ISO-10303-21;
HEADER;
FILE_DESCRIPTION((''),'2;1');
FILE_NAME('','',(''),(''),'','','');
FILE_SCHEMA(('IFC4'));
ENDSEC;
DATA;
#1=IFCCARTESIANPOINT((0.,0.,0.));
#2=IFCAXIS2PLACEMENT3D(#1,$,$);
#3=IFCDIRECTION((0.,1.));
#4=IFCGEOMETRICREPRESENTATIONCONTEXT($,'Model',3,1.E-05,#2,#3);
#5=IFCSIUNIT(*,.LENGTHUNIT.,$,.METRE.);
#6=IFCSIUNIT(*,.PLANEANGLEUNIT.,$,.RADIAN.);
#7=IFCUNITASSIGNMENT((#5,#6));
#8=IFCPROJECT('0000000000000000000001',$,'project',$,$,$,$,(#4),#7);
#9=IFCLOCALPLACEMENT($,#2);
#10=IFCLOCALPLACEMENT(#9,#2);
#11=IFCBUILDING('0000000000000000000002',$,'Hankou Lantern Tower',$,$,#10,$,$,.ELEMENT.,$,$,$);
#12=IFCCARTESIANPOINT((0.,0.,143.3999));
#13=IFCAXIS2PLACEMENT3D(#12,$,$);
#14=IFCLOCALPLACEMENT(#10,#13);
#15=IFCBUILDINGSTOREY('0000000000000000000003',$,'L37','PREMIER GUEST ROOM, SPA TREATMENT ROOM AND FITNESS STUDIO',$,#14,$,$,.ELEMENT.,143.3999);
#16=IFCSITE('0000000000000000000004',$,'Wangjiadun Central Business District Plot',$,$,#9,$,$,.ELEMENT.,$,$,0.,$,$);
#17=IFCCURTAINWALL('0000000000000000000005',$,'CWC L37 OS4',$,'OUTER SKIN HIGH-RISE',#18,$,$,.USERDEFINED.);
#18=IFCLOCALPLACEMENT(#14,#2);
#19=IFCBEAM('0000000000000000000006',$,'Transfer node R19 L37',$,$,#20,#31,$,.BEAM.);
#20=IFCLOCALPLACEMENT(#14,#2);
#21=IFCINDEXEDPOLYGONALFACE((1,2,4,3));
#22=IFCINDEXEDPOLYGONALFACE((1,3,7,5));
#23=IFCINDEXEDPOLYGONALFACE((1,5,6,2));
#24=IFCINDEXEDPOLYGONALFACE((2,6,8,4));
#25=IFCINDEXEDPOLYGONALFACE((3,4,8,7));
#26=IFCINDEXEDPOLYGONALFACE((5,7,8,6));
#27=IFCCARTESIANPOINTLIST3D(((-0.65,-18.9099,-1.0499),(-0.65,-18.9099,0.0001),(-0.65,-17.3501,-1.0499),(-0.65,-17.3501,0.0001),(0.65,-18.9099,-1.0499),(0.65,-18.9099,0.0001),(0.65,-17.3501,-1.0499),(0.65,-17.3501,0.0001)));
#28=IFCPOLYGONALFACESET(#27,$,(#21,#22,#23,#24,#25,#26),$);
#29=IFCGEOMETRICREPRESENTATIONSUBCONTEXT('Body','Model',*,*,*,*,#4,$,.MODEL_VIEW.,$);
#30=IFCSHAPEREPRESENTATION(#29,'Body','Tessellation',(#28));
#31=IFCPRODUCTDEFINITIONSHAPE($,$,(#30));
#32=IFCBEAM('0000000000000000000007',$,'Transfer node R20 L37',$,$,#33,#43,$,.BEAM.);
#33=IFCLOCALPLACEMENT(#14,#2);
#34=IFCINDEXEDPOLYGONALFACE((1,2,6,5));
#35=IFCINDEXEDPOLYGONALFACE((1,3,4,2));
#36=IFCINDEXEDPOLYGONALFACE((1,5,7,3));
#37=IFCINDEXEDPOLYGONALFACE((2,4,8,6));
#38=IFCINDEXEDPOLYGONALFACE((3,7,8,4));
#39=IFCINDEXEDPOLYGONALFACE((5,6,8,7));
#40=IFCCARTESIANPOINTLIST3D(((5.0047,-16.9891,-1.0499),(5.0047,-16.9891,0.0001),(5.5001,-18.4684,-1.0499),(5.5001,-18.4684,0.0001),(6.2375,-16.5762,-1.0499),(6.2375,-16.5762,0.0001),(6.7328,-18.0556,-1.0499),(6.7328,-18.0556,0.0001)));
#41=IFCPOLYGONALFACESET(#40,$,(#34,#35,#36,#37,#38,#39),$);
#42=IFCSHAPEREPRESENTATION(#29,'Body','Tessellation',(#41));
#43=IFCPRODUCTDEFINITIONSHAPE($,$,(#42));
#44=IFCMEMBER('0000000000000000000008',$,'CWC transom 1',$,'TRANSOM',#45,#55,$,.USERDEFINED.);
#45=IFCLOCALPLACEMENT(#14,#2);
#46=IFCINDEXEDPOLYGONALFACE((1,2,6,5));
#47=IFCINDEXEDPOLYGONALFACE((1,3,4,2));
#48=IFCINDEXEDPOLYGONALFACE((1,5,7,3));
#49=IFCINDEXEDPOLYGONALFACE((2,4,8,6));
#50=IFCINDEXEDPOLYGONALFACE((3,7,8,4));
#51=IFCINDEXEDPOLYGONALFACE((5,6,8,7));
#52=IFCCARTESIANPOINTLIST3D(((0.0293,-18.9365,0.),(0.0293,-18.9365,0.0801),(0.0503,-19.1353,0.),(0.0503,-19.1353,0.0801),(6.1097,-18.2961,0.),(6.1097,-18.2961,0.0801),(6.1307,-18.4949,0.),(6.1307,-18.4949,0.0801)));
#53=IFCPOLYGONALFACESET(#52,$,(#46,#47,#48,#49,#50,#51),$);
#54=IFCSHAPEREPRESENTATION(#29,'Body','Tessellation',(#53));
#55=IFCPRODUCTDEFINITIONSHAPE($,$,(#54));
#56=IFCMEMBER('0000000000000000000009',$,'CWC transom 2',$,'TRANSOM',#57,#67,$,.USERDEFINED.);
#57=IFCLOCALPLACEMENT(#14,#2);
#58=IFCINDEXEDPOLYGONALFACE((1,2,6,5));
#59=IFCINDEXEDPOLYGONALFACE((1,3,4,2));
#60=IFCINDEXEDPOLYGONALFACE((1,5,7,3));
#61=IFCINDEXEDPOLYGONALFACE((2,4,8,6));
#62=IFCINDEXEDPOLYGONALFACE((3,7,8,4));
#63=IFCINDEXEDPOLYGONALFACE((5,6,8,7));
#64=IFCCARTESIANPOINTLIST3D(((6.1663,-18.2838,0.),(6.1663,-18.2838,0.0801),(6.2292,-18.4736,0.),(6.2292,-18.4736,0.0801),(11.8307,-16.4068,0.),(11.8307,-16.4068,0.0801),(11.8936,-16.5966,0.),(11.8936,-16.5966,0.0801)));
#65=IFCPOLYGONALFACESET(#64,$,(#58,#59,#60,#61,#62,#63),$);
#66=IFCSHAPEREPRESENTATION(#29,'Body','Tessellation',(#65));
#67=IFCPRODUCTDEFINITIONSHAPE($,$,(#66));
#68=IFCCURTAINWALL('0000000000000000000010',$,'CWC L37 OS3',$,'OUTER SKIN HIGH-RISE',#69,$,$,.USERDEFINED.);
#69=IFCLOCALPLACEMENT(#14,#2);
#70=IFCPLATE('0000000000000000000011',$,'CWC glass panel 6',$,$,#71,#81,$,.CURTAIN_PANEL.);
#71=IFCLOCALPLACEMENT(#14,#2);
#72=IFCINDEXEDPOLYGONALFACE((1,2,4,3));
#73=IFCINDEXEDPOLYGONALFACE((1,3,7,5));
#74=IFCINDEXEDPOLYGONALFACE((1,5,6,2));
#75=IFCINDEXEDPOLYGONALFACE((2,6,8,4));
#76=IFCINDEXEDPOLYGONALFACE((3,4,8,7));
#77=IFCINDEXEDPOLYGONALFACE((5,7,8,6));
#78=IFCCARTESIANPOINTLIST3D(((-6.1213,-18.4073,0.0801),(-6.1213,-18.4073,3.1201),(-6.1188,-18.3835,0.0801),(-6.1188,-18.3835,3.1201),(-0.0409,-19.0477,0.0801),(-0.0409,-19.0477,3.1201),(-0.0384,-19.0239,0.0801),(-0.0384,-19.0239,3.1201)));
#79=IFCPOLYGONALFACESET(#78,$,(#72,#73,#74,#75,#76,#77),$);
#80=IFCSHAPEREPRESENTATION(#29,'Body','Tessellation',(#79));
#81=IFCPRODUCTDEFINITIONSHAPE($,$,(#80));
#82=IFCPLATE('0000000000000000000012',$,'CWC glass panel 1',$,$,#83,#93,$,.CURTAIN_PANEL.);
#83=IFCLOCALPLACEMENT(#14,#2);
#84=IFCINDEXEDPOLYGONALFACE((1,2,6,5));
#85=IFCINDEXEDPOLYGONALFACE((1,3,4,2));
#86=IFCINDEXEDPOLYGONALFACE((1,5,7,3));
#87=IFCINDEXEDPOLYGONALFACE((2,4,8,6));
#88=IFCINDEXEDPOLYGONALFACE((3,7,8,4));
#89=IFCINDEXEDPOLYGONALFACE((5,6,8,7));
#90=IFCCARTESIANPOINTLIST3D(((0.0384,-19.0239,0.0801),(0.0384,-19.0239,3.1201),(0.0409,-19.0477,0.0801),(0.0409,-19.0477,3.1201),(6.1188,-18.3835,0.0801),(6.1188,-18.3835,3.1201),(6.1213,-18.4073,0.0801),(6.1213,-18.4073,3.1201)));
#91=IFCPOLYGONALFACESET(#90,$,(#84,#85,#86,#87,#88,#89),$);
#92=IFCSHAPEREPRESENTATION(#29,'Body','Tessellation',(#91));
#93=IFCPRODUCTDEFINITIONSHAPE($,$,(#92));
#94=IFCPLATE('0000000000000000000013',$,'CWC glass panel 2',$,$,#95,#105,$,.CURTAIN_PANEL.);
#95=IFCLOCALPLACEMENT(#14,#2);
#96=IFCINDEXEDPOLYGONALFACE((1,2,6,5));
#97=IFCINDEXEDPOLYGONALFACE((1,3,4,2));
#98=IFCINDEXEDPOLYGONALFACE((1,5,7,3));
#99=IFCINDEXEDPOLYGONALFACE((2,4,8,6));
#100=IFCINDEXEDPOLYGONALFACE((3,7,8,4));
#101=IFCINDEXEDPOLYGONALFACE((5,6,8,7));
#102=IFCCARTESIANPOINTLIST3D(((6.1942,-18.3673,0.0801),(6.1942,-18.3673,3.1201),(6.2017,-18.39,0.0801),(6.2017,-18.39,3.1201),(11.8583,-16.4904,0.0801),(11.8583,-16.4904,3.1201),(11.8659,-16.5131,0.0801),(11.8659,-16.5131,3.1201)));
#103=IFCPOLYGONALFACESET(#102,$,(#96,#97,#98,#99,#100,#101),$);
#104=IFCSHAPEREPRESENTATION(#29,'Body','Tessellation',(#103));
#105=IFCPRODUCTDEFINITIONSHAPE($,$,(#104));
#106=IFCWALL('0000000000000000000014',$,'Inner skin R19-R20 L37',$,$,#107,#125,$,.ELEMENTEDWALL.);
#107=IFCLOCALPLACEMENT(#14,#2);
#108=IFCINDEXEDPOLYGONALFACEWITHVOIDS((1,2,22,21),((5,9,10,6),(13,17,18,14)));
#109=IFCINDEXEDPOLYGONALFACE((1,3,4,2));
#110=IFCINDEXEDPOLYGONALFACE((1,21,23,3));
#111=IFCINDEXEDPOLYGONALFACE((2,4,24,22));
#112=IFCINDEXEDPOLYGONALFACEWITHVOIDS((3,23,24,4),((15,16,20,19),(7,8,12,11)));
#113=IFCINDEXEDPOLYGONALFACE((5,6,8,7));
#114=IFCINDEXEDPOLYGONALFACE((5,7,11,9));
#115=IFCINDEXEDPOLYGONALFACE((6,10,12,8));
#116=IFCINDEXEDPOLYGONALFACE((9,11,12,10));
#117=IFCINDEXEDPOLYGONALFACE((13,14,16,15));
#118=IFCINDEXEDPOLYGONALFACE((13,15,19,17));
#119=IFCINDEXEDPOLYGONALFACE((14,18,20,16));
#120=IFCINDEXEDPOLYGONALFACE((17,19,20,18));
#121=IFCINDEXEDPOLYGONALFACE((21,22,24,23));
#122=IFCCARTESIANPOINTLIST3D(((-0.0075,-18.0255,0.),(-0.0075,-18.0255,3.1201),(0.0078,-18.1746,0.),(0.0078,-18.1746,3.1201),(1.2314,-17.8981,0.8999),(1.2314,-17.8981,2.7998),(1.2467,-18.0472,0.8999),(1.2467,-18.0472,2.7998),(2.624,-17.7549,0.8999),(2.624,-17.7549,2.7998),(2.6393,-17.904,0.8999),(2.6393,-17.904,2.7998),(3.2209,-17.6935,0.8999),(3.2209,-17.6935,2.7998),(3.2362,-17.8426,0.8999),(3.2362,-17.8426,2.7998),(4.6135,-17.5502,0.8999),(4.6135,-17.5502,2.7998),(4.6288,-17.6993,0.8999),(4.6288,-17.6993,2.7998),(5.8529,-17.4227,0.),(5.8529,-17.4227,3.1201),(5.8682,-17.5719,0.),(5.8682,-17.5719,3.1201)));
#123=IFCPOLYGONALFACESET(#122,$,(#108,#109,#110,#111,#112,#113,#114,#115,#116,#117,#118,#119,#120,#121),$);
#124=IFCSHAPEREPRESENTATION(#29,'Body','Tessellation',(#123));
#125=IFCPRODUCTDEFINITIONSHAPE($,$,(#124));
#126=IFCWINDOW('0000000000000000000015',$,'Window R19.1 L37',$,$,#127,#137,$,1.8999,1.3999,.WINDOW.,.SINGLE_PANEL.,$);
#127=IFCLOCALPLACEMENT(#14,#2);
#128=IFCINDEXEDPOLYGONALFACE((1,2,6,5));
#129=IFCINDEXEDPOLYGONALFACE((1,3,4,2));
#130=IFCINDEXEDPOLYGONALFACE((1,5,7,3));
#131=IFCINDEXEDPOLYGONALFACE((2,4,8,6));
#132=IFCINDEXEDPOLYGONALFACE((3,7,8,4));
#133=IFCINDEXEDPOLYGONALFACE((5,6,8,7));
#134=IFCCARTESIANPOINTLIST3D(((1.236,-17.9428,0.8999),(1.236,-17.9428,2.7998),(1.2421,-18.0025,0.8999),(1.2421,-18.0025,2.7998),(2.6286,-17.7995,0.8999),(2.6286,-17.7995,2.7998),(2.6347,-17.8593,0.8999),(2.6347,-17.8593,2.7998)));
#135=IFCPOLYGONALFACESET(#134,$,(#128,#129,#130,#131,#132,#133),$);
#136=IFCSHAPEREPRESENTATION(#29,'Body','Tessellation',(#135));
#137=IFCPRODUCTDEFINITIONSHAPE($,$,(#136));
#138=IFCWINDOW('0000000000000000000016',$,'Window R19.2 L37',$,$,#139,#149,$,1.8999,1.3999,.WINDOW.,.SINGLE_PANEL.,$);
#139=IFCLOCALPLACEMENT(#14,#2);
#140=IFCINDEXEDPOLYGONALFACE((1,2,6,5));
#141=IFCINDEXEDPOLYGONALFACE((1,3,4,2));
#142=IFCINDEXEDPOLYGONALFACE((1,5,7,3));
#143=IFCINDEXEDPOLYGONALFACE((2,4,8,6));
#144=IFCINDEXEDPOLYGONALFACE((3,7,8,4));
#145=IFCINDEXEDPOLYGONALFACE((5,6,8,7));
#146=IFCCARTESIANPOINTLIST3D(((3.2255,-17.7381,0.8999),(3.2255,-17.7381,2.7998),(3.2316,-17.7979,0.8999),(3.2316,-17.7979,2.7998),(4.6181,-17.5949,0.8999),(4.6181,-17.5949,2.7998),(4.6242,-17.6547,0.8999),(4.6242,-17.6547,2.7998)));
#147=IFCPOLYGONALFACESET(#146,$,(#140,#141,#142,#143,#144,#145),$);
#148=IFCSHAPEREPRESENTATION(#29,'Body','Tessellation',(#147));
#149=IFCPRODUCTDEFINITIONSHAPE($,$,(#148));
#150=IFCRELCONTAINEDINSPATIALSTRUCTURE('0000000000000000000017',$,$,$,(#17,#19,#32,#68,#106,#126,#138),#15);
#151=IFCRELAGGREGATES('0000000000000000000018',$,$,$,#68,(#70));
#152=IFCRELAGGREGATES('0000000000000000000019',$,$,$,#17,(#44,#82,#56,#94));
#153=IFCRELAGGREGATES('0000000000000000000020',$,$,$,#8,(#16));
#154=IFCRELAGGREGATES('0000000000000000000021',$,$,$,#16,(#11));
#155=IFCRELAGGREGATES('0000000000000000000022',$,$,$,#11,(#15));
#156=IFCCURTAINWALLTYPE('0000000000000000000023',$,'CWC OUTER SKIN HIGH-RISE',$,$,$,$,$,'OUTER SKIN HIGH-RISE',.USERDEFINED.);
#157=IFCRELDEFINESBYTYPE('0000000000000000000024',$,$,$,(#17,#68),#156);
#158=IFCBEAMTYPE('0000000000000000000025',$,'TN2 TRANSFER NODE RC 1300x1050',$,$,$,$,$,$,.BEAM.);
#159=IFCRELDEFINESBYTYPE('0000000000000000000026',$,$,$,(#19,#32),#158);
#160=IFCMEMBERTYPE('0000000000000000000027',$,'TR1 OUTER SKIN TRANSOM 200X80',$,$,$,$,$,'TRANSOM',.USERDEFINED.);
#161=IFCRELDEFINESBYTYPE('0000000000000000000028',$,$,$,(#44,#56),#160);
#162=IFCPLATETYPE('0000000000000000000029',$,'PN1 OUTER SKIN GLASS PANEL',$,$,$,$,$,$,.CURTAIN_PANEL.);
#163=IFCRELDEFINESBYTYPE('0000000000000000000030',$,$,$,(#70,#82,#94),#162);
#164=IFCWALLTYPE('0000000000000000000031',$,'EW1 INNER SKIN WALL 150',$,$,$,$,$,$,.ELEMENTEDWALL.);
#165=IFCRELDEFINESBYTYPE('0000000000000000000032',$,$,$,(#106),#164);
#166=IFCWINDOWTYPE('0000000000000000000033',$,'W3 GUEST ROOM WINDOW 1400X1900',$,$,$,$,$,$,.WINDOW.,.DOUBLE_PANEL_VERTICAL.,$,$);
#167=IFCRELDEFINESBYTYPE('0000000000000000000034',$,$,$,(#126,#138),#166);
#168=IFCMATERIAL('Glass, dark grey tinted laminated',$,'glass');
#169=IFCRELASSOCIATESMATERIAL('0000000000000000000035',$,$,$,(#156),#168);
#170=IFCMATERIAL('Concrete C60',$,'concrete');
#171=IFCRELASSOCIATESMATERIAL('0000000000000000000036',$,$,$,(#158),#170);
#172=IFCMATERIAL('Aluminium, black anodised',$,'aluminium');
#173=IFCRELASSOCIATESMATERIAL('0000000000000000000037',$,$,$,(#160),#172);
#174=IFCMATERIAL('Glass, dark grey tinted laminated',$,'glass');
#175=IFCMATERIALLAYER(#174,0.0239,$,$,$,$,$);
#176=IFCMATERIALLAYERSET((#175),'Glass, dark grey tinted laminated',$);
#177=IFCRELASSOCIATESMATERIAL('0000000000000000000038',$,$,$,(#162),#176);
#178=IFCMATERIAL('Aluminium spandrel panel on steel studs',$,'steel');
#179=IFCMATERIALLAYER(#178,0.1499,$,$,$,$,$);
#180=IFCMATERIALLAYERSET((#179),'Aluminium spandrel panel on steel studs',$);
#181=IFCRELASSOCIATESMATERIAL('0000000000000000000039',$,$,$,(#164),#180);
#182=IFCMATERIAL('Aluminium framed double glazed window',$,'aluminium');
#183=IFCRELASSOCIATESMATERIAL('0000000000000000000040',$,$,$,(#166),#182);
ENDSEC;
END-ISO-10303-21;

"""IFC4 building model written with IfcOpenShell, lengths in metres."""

from ifc_helpers import new_model, si_unit, direction, frame, frame_2d, origin, origin_2d, place, context, subcontext, project, spatial, rectangle, extrude, material, layer, layer_set, material_profile, profile_set, type_object, element, fill, aggregate, save


model = new_model("IFC4")

# Units and contexts
model_context = context("Model", 3, precision=1e-05, world=origin(), true_north=direction((0.0, 1.0)))
body_context = subcontext(model_context, "Body", "Model", "MODEL_VIEW")
ifc_project = project(units=[si_unit("LENGTHUNIT", "METRE"), si_unit("PLANEANGLEUNIT", "RADIAN")], contexts=[model_context])

# Site, building, storey
site_placement = place(None, origin())
site = spatial("IfcSite", under=ifc_project, at=site_placement, Name="Wangjiadun Central Business District Plot", CompositionType="ELEMENT", RefElevation=0.0)
building_placement = place(site_placement, origin())
building = spatial("IfcBuilding", under=site, at=building_placement, Name="Hankou Lantern Tower", CompositionType="ELEMENT")
storey_placement = place(building_placement, frame((0.0, 0.0, 143.3999)))
storey = spatial("IfcBuildingStorey", under=building, at=storey_placement, Name="L37", Description="PREMIER GUEST ROOM, SPA TREATMENT ROOM AND FITNESS STUDIO", CompositionType="ELEMENT", Elevation=143.3999)

# Curtain wall
ifc_material_1 = material(Name="Glass, dark grey tinted laminated", Category="glass")
curtain_wall_type = type_object("IfcCurtainWallType", Name="CWC OUTER SKIN HIGH-RISE", ElementType="OUTER SKIN HIGH-RISE", PredefinedType="USERDEFINED", material=ifc_material_1)
curtain_wall_1_placement = place(storey_placement, origin())
curtain_wall_1 = element("IfcCurtainWall", 1, at=curtain_wall_1_placement, inside=storey, type_object=curtain_wall_type, Name="CWC L37 OS4", ObjectType="OUTER SKIN HIGH-RISE", PredefinedType="USERDEFINED")

# Beams
ifc_material_2 = material(Name="Concrete C60", Category="concrete")
ifc_material_profile_1 = material_profile(ifc_material_2, rectangle(XDim=1.3, YDim=1.05, at=origin_2d()), Name="RC 1300x1050")
ifc_profile_set_1 = profile_set([ifc_material_profile_1], Name="Concrete C60")
beam_type_1 = type_object("IfcBeamType", Name="TN2 TRANSFER NODE RC 1300x1050", PredefinedType="BEAM", material=ifc_profile_set_1)
beam_1_placement = place(storey_placement, frame((0.0, -18.9099, -0.5249), z_axis=(0.0, 1.0, 0.0), x_axis=(-1.0, 0.0, 0.0)))
element("IfcBeam", 2, at=beam_1_placement, inside=storey, type_object=beam_type_1, Name="Transfer node R19 L37", PredefinedType="BEAM", context=body_context, shape_type="SweptSolid", body=[
    extrude(rectangle(XDim=1.3, YDim=1.05, at=origin_2d()), origin(), (0.0, 0.0, 1.0), 1.5598),
])
beam_2_placement = place(storey_placement, frame((6.1165, -18.262, -0.5249), z_axis=(-0.317542, 0.948244, 0.0), x_axis=(-0.948244, -0.317542, 0.0)))
element("IfcBeam", 3, at=beam_2_placement, inside=storey, type_object=beam_type_1, Name="Transfer node R20 L37", PredefinedType="BEAM", context=body_context, shape_type="SweptSolid", body=[
    extrude(rectangle(XDim=1.3, YDim=1.05, at=origin_2d()), origin(), (0.0, 0.0, 1.0), 1.5601),
])

# Members
ifc_material_3 = material(Name="Aluminium, black anodised", Category="aluminium")
ifc_material_profile_2 = material_profile(ifc_material_3, rectangle(XDim=0.2, YDim=0.0801, at=origin_2d()), Name="TR1 200X80")
ifc_profile_set_2 = profile_set([ifc_material_profile_2], Name="Aluminium, black anodised")
member_type_1 = type_object("IfcMemberType", Name="TR1 OUTER SKIN TRANSOM 200X80", ElementType="TRANSOM", PredefinedType="USERDEFINED", material=ifc_profile_set_2)
member_1_placement = place(storey_placement, frame((0.0398, -19.0359, 0.04), z_axis=(0.9945, 0.104741, 0.0), x_axis=(-0.104741, 0.9945, 0.0)))
member_1 = element("IfcMember", 4, at=member_1_placement, type_object=member_type_1, Name="CWC transom 1", ObjectType="TRANSOM", PredefinedType="USERDEFINED", context=body_context, shape_type="SweptSolid", body=[
    extrude(rectangle(XDim=0.2, YDim=0.0801, at=origin_2d()), origin(), (0.0, 0.0, 1.0), 6.114),
])
member_2_placement = place(storey_placement, frame((6.1978, -18.3787, 0.04), z_axis=(0.949242, 0.314546, 0.0), x_axis=(-0.314546, 0.949242, 0.0)))
member_2 = element("IfcMember", 5, at=member_2_placement, type_object=member_type_1, Name="CWC transom 2", ObjectType="TRANSOM", PredefinedType="USERDEFINED", context=body_context, shape_type="SweptSolid", body=[
    extrude(rectangle(XDim=0.2, YDim=0.0801, at=origin_2d()), origin(), (0.0, 0.0, 1.0), 5.9673),
])

# Curtain wall, plate
curtain_wall_2_placement = place(storey_placement, origin())
curtain_wall_2 = element("IfcCurtainWall", 6, at=curtain_wall_2_placement, inside=storey, type_object=curtain_wall_type, Name="CWC L37 OS3", ObjectType="OUTER SKIN HIGH-RISE", PredefinedType="USERDEFINED")
ifc_material_4 = material(Name="Glass, dark grey tinted laminated", Category="glass")
ifc_layer_1 = layer(ifc_material_4, 0.0239)
ifc_layer_set_1 = layer_set([ifc_layer_1], Name="Glass, dark grey tinted laminated")
plate_type = type_object("IfcPlateType", Name="PN1 OUTER SKIN GLASS PANEL", PredefinedType="CURTAIN_PANEL", material=ifc_layer_set_1)
plate_1_placement = place(storey_placement, frame((-3.0798, -18.7156, 0.0801), z_axis=(0.0, 0.0, 1.0), x_axis=(0.994499, -0.104743, 0.0)))
plate_1 = element("IfcPlate", 7, at=plate_1_placement, type_object=plate_type, Name="CWC glass panel 6", PredefinedType="CURTAIN_PANEL", context=body_context, shape_type="SweptSolid", body=[
    extrude(rectangle(XDim=6.114, YDim=0.0239, at=origin_2d()), origin(), (0.0, 0.0, 1.0), 3.04),
])
aggregate(curtain_wall_2, [plate_1])

# Plates
plate_2_placement = place(storey_placement, frame((3.0798, -18.7156, 0.0801), z_axis=(0.0, 0.0, 1.0), x_axis=(0.994499, 0.104743, 0.0)))
plate_2 = element("IfcPlate", 8, at=plate_2_placement, type_object=plate_type, Name="CWC glass panel 1", PredefinedType="CURTAIN_PANEL", context=body_context, shape_type="SweptSolid", body=[
    extrude(rectangle(XDim=6.114, YDim=0.0239, at=origin_2d()), origin(), (0.0, 0.0, 1.0), 3.04),
])
plate_3_placement = place(storey_placement, frame((9.03, -17.4402, 0.0801), z_axis=(0.0, 0.0, 1.0), x_axis=(0.949241, 0.314551, 0.0)))
plate_3 = element("IfcPlate", 9, at=plate_3_placement, type_object=plate_type, Name="CWC glass panel 2", PredefinedType="CURTAIN_PANEL", context=body_context, shape_type="SweptSolid", body=[
    extrude(rectangle(XDim=5.967, YDim=0.0239, at=origin_2d()), origin(), (0.0, 0.0, 1.0), 3.04),
])
aggregate(curtain_wall_1, [member_1, plate_2, member_2, plate_3])

# Wall, openings, windows
ifc_material_5 = material(Name="Aluminium spandrel panel on steel studs", Category="steel")
ifc_layer_2 = layer(ifc_material_5, 0.1499)
ifc_layer_set_2 = layer_set([ifc_layer_2], Name="Aluminium spandrel panel on steel studs")
wall_type_1 = type_object("IfcWallType", Name="EW1 INNER SKIN WALL 150", PredefinedType="ELEMENTEDWALL", material=ifc_layer_set_2)
wall_1_placement = place(storey_placement, frame((0.0, -18.1001, 0.0), z_axis=(0.0, 0.0, 1.0), x_axis=(0.994752, 0.102318, 0.0)))
wall_1 = element("IfcWall", 10, at=wall_1_placement, inside=storey, type_object=wall_type_1, Name="Inner skin R19-R20 L37", PredefinedType="ELEMENTEDWALL", context=body_context, shape_type="SweptSolid", body=[
    extrude(rectangle(XDim=5.8914, YDim=0.1499, at=frame_2d((2.9458, 0.0))), origin(), (0.0, 0.0, 1.0), 3.1201),
])
opening_1_placement = place(wall_1_placement, frame((1.2456, 0.0, 0.8999)))
opening_1 = element("IfcOpeningElement", 11, at=opening_1_placement, cuts=wall_1, PredefinedType="OPENING", context=body_context, shape_type="SweptSolid", body=[
    extrude(rectangle(XDim=1.3999, YDim=1.8999, at=frame_2d((0.7, 0.95))), frame((0.0, 0.085, 0.0), z_axis=(0.0, -1.0, 0.0), x_axis=(1.0, 0.0, 0.0)), (0.0, 0.0, 1.0), 0.1699),
])
opening_2_placement = place(wall_1_placement, frame((3.2456, 0.0, 0.8999)))
opening_2 = element("IfcOpeningElement", 12, at=opening_2_placement, cuts=wall_1, PredefinedType="OPENING", context=body_context, shape_type="SweptSolid", body=[
    extrude(rectangle(XDim=1.3999, YDim=1.8999, at=frame_2d((0.7, 0.95))), frame((0.0, 0.085, 0.0), z_axis=(0.0, -1.0, 0.0), x_axis=(1.0, 0.0, 0.0)), (0.0, 0.0, 1.0), 0.1699),
])
ifc_material_6 = material(Name="Aluminium framed double glazed window", Category="aluminium")
window_type = type_object("IfcWindowType", Name="W3 GUEST ROOM WINDOW 1400X1900", PartitioningType="DOUBLE_PANEL_VERTICAL", PredefinedType="WINDOW", material=ifc_material_6)
window_1_placement = place(opening_1_placement, origin())
window_1 = element("IfcWindow", 13, at=window_1_placement, inside=storey, type_object=window_type, Name="Window R19.1 L37", OverallHeight=1.8999, OverallWidth=1.3999, PartitioningType="SINGLE_PANEL", PredefinedType="WINDOW", context=body_context, shape_type="SweptSolid", body=[
    extrude(rectangle(XDim=1.3999, YDim=1.8999, at=frame_2d((0.7, 0.95))), frame((0.0, 0.03, 0.0), z_axis=(0.0, -1.0, 0.0), x_axis=(1.0, 0.0, 0.0)), (0.0, 0.0, 1.0), 0.0601),
])
fill(opening_1, window_1)
window_2_placement = place(opening_2_placement, origin())
window_2 = element("IfcWindow", 14, at=window_2_placement, inside=storey, type_object=window_type, Name="Window R19.2 L37", OverallHeight=1.8999, OverallWidth=1.3999, PartitioningType="SINGLE_PANEL", PredefinedType="WINDOW", context=body_context, shape_type="SweptSolid", body=[
    extrude(rectangle(XDim=1.3999, YDim=1.8999, at=frame_2d((0.7, 0.95))), frame((0.0, 0.03, 0.0), z_axis=(0.0, -1.0, 0.0), x_axis=(1.0, 0.0, 0.0)), (0.0, 0.0, 1.0), 0.0601),
])
fill(opening_2, window_2)

save(model, "model.ifc")
